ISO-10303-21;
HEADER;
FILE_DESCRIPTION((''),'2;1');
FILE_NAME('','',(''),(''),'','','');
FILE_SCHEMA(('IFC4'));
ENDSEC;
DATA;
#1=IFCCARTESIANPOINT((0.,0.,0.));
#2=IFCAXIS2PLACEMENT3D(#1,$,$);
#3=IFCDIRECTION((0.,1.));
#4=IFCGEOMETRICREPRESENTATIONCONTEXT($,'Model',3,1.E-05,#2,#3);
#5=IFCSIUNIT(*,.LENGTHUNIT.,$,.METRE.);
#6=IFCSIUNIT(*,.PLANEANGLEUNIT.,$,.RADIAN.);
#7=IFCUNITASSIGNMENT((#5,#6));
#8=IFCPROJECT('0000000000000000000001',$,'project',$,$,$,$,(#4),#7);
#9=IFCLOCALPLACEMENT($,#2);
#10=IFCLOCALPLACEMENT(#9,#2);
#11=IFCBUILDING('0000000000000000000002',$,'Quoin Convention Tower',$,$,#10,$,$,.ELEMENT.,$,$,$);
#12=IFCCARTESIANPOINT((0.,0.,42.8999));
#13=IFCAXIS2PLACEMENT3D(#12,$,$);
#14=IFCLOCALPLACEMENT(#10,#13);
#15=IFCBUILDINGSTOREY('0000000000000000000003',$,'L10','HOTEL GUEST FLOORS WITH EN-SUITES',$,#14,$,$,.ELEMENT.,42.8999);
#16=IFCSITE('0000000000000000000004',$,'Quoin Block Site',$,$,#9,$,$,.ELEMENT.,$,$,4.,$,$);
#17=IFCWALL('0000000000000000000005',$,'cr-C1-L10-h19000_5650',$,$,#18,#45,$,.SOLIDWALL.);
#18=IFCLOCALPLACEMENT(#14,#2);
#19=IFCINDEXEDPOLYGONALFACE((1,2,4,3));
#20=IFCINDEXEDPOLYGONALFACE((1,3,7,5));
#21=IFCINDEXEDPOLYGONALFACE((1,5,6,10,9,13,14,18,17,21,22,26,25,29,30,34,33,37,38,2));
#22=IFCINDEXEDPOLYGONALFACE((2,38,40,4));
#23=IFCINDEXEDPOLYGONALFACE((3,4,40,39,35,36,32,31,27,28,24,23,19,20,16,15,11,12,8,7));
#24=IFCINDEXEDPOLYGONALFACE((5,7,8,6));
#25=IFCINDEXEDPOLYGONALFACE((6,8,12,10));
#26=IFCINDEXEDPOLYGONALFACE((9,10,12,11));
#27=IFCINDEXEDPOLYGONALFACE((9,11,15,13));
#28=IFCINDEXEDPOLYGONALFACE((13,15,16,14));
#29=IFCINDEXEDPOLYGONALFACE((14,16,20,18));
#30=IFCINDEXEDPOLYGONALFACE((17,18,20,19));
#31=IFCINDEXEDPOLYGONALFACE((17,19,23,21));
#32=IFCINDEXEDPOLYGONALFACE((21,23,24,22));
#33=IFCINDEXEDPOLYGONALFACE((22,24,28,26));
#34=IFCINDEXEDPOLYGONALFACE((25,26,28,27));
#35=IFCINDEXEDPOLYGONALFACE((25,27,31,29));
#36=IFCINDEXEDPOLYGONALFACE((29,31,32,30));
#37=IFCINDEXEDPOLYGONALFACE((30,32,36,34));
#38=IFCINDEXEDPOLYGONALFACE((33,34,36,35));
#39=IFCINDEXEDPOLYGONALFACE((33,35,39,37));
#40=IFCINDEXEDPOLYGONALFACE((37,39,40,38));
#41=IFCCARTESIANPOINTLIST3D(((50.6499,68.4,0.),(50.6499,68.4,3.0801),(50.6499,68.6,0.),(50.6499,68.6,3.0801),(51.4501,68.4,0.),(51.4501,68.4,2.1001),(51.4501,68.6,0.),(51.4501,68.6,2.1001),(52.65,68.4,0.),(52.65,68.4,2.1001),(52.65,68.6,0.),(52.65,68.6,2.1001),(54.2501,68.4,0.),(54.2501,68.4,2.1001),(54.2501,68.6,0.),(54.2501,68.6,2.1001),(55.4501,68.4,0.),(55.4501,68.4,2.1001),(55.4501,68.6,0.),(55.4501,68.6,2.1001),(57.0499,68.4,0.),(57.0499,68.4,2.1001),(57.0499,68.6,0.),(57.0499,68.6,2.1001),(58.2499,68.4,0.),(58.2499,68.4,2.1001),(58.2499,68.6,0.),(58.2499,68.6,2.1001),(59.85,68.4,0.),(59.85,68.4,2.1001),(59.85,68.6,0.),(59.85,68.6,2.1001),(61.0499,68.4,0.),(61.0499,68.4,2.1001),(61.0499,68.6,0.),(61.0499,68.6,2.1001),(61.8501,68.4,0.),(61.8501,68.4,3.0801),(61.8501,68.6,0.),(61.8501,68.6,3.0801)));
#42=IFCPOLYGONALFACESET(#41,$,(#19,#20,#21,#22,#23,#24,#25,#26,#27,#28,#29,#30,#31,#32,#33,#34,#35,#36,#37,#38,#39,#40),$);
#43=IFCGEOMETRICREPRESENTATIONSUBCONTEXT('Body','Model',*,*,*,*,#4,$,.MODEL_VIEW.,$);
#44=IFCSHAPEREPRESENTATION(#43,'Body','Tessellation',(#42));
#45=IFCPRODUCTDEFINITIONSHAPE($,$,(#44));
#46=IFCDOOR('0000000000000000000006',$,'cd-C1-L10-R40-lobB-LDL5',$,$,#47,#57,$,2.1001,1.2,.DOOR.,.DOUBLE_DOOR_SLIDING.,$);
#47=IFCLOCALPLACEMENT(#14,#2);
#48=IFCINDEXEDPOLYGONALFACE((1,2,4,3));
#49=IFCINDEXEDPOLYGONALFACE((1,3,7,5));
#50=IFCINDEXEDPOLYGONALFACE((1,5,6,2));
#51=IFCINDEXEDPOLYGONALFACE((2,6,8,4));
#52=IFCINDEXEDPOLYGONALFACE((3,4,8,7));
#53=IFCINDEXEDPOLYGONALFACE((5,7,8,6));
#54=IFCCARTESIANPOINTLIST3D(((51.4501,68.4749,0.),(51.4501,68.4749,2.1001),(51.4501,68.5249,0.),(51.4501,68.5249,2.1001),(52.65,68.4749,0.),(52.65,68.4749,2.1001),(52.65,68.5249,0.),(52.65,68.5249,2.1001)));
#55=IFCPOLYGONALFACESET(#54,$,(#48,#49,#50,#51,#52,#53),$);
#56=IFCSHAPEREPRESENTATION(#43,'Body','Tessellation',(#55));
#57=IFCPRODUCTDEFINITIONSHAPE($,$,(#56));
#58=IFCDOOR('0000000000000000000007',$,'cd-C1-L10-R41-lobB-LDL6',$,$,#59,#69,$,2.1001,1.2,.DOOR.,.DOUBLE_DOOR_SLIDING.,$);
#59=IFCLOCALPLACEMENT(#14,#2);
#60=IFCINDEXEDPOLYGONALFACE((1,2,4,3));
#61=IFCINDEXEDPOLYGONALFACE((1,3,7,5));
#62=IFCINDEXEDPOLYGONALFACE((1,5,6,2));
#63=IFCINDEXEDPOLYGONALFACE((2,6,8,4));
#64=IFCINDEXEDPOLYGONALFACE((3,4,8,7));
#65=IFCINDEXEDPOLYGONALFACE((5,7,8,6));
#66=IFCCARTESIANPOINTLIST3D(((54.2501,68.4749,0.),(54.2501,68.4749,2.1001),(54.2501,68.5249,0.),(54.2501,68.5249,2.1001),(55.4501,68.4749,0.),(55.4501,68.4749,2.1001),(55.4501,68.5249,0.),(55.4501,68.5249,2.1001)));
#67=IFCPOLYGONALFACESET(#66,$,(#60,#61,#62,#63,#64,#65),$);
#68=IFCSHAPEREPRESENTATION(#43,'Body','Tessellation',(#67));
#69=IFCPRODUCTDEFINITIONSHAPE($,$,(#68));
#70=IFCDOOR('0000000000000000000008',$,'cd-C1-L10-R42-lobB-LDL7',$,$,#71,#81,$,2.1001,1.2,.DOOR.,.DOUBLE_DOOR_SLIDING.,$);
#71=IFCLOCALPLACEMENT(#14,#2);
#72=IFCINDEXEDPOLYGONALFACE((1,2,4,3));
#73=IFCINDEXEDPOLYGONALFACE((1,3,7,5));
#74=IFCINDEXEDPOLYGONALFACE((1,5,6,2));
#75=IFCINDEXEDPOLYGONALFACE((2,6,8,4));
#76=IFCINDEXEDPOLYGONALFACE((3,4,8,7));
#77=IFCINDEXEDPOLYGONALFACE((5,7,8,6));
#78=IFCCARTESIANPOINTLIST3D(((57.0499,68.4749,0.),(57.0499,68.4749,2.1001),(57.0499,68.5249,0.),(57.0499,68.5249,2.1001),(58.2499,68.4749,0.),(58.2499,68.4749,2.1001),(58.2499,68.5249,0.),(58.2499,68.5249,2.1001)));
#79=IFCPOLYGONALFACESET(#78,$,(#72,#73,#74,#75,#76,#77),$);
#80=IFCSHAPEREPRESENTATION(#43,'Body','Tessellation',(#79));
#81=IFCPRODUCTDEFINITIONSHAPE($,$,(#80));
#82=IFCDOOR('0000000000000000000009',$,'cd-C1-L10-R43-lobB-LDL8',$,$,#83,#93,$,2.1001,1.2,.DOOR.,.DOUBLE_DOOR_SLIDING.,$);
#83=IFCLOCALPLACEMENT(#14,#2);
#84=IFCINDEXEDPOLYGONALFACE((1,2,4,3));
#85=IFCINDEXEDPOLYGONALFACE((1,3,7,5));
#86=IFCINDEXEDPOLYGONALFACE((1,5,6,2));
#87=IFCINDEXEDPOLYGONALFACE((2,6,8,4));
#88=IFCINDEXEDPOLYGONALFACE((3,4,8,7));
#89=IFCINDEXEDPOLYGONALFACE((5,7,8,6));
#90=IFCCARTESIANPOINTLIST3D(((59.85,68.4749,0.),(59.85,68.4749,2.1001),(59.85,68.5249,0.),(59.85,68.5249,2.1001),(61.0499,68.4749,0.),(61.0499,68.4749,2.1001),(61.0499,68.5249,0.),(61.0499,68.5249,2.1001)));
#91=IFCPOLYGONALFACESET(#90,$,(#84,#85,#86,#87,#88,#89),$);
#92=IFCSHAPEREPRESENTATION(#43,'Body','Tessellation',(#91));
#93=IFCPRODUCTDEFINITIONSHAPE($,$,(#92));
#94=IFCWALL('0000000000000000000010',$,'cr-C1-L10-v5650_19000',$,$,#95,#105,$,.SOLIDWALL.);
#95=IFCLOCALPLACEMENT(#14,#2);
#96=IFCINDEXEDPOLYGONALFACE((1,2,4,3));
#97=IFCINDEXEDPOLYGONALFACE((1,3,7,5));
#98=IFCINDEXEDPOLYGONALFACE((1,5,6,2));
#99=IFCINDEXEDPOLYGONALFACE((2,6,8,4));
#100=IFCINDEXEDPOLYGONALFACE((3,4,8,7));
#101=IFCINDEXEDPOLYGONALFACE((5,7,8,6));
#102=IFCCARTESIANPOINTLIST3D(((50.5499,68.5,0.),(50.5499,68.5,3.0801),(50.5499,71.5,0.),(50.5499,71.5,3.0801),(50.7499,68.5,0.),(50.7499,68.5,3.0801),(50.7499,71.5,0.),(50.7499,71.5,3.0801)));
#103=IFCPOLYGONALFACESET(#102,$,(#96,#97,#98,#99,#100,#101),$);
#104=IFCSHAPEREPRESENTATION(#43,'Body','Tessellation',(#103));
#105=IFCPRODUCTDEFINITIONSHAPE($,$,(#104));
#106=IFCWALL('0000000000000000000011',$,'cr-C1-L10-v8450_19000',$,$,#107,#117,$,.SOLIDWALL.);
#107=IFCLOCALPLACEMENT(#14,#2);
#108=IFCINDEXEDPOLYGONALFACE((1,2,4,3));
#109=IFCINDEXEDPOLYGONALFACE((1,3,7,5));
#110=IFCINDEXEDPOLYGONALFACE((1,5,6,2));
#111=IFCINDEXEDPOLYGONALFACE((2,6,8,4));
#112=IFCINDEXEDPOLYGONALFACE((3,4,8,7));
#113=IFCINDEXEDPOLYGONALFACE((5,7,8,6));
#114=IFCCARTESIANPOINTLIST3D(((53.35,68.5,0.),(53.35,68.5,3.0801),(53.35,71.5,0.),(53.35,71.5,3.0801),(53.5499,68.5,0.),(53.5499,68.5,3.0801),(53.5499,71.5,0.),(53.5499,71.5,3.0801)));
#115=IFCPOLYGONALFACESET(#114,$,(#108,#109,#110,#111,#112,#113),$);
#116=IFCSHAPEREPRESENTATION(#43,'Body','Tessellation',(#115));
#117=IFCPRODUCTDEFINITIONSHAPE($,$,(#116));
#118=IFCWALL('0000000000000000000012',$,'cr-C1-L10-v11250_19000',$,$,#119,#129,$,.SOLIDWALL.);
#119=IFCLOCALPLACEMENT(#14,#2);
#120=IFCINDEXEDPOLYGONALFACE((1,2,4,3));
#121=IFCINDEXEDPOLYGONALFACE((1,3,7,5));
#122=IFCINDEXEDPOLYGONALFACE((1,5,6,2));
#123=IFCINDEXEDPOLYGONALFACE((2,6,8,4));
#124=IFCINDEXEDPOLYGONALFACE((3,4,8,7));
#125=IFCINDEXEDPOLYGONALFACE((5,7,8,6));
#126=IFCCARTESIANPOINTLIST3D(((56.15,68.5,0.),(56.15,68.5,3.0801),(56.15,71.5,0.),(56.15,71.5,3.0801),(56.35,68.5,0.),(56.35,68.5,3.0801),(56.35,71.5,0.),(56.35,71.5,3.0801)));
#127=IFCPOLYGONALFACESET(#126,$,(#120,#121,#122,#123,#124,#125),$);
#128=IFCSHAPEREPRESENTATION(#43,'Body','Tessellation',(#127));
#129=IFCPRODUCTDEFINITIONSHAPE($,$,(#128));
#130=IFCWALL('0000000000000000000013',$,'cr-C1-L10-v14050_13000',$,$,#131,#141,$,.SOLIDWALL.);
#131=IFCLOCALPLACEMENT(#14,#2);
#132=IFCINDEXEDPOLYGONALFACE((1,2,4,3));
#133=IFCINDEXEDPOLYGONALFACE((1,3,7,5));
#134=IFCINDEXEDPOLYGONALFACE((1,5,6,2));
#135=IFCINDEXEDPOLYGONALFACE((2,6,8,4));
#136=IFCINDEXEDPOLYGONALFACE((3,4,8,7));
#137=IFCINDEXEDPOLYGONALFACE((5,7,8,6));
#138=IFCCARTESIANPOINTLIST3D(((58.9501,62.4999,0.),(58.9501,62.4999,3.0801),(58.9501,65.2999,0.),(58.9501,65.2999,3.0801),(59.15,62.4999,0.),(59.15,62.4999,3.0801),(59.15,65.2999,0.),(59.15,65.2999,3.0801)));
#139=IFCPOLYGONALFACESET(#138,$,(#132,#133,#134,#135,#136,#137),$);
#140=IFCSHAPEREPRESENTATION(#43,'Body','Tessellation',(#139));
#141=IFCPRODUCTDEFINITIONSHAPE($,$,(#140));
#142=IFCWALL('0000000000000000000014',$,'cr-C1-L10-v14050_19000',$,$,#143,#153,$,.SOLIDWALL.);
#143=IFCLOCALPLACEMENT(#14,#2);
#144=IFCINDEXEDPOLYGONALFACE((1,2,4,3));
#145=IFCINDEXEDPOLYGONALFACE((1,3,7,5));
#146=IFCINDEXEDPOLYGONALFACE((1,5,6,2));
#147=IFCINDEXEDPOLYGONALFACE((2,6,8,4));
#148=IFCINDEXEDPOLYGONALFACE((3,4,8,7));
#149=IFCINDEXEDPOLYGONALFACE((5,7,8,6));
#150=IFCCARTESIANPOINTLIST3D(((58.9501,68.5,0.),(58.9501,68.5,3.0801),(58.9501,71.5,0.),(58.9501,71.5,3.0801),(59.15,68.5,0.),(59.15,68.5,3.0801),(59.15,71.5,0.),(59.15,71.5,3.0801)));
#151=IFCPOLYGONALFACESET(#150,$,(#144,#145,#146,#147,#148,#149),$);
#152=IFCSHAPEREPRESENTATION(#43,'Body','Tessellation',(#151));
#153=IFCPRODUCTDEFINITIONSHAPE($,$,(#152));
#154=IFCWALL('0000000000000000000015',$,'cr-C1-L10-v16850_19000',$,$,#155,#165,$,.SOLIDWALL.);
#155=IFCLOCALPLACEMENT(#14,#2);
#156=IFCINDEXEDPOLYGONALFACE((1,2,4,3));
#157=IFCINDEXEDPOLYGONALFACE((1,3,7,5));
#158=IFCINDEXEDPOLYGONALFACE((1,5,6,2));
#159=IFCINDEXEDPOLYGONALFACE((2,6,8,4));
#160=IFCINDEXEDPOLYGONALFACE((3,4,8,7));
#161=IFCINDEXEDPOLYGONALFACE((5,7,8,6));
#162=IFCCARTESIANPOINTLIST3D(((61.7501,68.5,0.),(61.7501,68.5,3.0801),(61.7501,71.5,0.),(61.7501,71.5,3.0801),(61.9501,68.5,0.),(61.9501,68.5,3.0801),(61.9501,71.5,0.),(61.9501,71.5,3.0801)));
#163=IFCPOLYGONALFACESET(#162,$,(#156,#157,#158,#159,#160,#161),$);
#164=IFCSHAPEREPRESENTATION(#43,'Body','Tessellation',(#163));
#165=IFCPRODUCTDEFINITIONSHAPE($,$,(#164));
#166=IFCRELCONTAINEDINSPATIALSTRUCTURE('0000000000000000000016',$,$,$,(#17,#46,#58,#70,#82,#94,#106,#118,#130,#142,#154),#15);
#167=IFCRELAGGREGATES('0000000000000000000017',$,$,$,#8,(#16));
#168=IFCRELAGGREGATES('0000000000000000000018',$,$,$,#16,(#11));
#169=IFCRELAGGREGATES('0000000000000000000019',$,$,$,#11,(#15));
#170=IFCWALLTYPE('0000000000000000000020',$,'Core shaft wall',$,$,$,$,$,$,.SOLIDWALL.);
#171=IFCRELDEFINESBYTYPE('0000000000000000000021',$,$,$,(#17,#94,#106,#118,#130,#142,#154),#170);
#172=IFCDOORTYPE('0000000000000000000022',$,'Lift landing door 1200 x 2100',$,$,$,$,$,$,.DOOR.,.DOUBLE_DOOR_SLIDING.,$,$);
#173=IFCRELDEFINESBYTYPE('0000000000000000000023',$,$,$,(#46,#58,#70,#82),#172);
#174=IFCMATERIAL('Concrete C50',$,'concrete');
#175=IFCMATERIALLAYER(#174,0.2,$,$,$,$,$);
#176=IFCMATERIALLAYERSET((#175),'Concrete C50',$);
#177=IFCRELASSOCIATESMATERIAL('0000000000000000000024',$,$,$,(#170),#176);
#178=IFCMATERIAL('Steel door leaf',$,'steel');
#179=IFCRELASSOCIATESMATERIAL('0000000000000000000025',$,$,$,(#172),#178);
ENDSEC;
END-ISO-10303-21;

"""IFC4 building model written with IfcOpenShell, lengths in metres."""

from ifc_helpers import new_model, si_unit, direction, frame, frame_2d, origin, place, context, subcontext, project, spatial, rectangle, extrude, material, layer, layer_set, type_object, element, fill, save


model = new_model("IFC4")

# Units and contexts
model_context = context("Model", 3, precision=1e-05, world=origin(), true_north=direction((0.0, 1.0)))
body_context = subcontext(model_context, "Body", "Model", "MODEL_VIEW")
ifc_project = project(units=[si_unit("LENGTHUNIT", "METRE"), si_unit("PLANEANGLEUNIT", "RADIAN")], contexts=[model_context])

# Site, building, storey
site_placement = place(None, origin())
site = spatial("IfcSite", under=ifc_project, at=site_placement, Name="Quoin Block Site", CompositionType="ELEMENT", RefElevation=4.0)
building_placement = place(site_placement, origin())
building = spatial("IfcBuilding", under=site, at=building_placement, Name="Quoin Convention Tower", CompositionType="ELEMENT")
storey_placement = place(building_placement, frame((0.0, 0.0, 42.8999)))
storey = spatial("IfcBuildingStorey", under=building, at=storey_placement, Name="L10", Description="HOTEL GUEST FLOORS WITH EN-SUITES", CompositionType="ELEMENT", Elevation=42.8999)

# Shared definitions
ifc_material_1 = material(Name="Steel door leaf", Category="steel")

# Shared definitions
ifc_material_2 = material(Name="Concrete C50", Category="concrete")
ifc_layer_1 = layer(ifc_material_2, 0.2)
ifc_layer_set_1 = layer_set([ifc_layer_1], Name="Concrete C50")
wall_type_1 = type_object("IfcWallType", Name="Core shaft wall", PredefinedType="SOLIDWALL", material=ifc_layer_set_1)

# Wall, openings, doors
wall_1_placement = place(storey_placement, frame((50.6499, 68.5, 0.0), z_axis=(0.0, 0.0, 1.0), x_axis=(1.0, 0.0, 0.0)))
wall_1 = element("IfcWall", 1, at=wall_1_placement, inside=storey, type_object=wall_type_1, Name="cr-C1-L10-h19000_5650", PredefinedType="SOLIDWALL", context=body_context, shape_type="SweptSolid", body=[
    extrude(rectangle(XDim=11.2002, YDim=0.2, at=frame_2d((5.6001, 0.0))), origin(), (0.0, 0.0, 1.0), 3.0801),
])
opening_1_placement = place(wall_1_placement, frame((0.8, 0.0, 0.0)))
opening_1 = element("IfcOpeningElement", 2, at=opening_1_placement, cuts=wall_1, PredefinedType="OPENING", context=body_context, shape_type="SweptSolid", body=[
    extrude(rectangle(XDim=1.2, YDim=2.1001, at=frame_2d((0.6001, 1.05))), frame((0.0, 0.1099, 0.0), z_axis=(0.0, -1.0, 0.0), x_axis=(1.0, 0.0, 0.0)), (0.0, 0.0, 1.0), 0.22),
])
opening_2_placement = place(wall_1_placement, frame((3.6001, 0.0, 0.0)))
opening_2 = element("IfcOpeningElement", 3, at=opening_2_placement, cuts=wall_1, PredefinedType="OPENING", context=body_context, shape_type="SweptSolid", body=[
    extrude(rectangle(XDim=1.2, YDim=2.1001, at=frame_2d((0.6001, 1.05))), frame((0.0, 0.1099, 0.0), z_axis=(0.0, -1.0, 0.0), x_axis=(1.0, 0.0, 0.0)), (0.0, 0.0, 1.0), 0.22),
])
opening_3_placement = place(wall_1_placement, frame((6.3999, 0.0, 0.0)))
opening_3 = element("IfcOpeningElement", 4, at=opening_3_placement, cuts=wall_1, PredefinedType="OPENING", context=body_context, shape_type="SweptSolid", body=[
    extrude(rectangle(XDim=1.2, YDim=2.1001, at=frame_2d((0.6001, 1.05))), frame((0.0, 0.1099, 0.0), z_axis=(0.0, -1.0, 0.0), x_axis=(1.0, 0.0, 0.0)), (0.0, 0.0, 1.0), 0.22),
])
opening_4_placement = place(wall_1_placement, frame((9.2, 0.0, 0.0)))
opening_4 = element("IfcOpeningElement", 5, at=opening_4_placement, cuts=wall_1, PredefinedType="OPENING", context=body_context, shape_type="SweptSolid", body=[
    extrude(rectangle(XDim=1.2, YDim=2.1001, at=frame_2d((0.6001, 1.05))), frame((0.0, 0.1099, 0.0), z_axis=(0.0, -1.0, 0.0), x_axis=(1.0, 0.0, 0.0)), (0.0, 0.0, 1.0), 0.22),
])
door_type_1 = type_object("IfcDoorType", Name="Lift landing door 1200 x 2100", OperationType="DOUBLE_DOOR_SLIDING", PredefinedType="DOOR", material=ifc_material_1)
door_1_placement = place(opening_1_placement, origin())
door_1 = element("IfcDoor", 6, at=door_1_placement, inside=storey, type_object=door_type_1, Name="cd-C1-L10-R40-lobB-LDL5", OperationType="DOUBLE_DOOR_SLIDING", OverallHeight=2.1001, OverallWidth=1.2, PredefinedType="DOOR", context=body_context, shape_type="SweptSolid", body=[
    extrude(rectangle(XDim=1.2, YDim=2.1001, at=frame_2d((0.6001, 1.05))), frame((0.0, 0.0249, 0.0), z_axis=(0.0, -1.0, 0.0), x_axis=(1.0, 0.0, 0.0)), (0.0, 0.0, 1.0), 0.05),
])
fill(opening_1, door_1)
door_2_placement = place(opening_2_placement, origin())
door_2 = element("IfcDoor", 7, at=door_2_placement, inside=storey, type_object=door_type_1, Name="cd-C1-L10-R41-lobB-LDL6", OperationType="DOUBLE_DOOR_SLIDING", OverallHeight=2.1001, OverallWidth=1.2, PredefinedType="DOOR", context=body_context, shape_type="SweptSolid", body=[
    extrude(rectangle(XDim=1.2, YDim=2.1001, at=frame_2d((0.6001, 1.05))), frame((0.0, 0.0249, 0.0), z_axis=(0.0, -1.0, 0.0), x_axis=(1.0, 0.0, 0.0)), (0.0, 0.0, 1.0), 0.05),
])
fill(opening_2, door_2)
door_3_placement = place(opening_3_placement, origin())
door_3 = element("IfcDoor", 8, at=door_3_placement, inside=storey, type_object=door_type_1, Name="cd-C1-L10-R42-lobB-LDL7", OperationType="DOUBLE_DOOR_SLIDING", OverallHeight=2.1001, OverallWidth=1.2, PredefinedType="DOOR", context=body_context, shape_type="SweptSolid", body=[
    extrude(rectangle(XDim=1.2, YDim=2.1001, at=frame_2d((0.6001, 1.05))), frame((0.0, 0.0249, 0.0), z_axis=(0.0, -1.0, 0.0), x_axis=(1.0, 0.0, 0.0)), (0.0, 0.0, 1.0), 0.05),
])
fill(opening_3, door_3)
door_4_placement = place(opening_4_placement, origin())
door_4 = element("IfcDoor", 9, at=door_4_placement, inside=storey, type_object=door_type_1, Name="cd-C1-L10-R43-lobB-LDL8", OperationType="DOUBLE_DOOR_SLIDING", OverallHeight=2.1001, OverallWidth=1.2, PredefinedType="DOOR", context=body_context, shape_type="SweptSolid", body=[
    extrude(rectangle(XDim=1.2, YDim=2.1001, at=frame_2d((0.6001, 1.05))), frame((0.0, 0.0249, 0.0), z_axis=(0.0, -1.0, 0.0), x_axis=(1.0, 0.0, 0.0)), (0.0, 0.0, 1.0), 0.05),
])
fill(opening_4, door_4)

# Walls
for number, where, z_axis, x_axis, name in (
    (10, (50.6499, 68.5, 0.0), (0.0, 0.0, 1.0), (0.0, 1.0, 0.0), "cr-C1-L10-v5650_19000"),
    (11, (53.45, 68.5, 0.0), (0.0, 0.0, 1.0), (0.0, 1.0, 0.0), "cr-C1-L10-v8450_19000"),
    (12, (56.25, 68.5, 0.0), (0.0, 0.0, 1.0), (0.0, 1.0, 0.0), "cr-C1-L10-v11250_19000"),
):
    element("IfcWall", number, at=place(storey_placement, frame(where, z_axis=z_axis, x_axis=x_axis)), inside=storey, type_object=wall_type_1, Name=name, PredefinedType="SOLIDWALL", context=body_context, shape_type="SweptSolid", body=[
        extrude(rectangle(XDim=3.0, YDim=0.2, at=frame_2d((1.5, 0.0))), origin(), (0.0, 0.0, 1.0), 3.0801),
    ])
wall_2_placement = place(storey_placement, frame((59.05, 62.5, 0.0), z_axis=(0.0, 0.0, 1.0), x_axis=(0.0, 1.0, 0.0)))
element("IfcWall", 13, at=wall_2_placement, inside=storey, type_object=wall_type_1, Name="cr-C1-L10-v14050_13000", PredefinedType="SOLIDWALL", context=body_context, shape_type="SweptSolid", body=[
    extrude(rectangle(XDim=2.8, YDim=0.2, at=frame_2d((1.3999, 0.0))), origin(), (0.0, 0.0, 1.0), 3.0801),
])
for number, where, z_axis, x_axis, name in (
    (14, (59.05, 68.5, 0.0), (0.0, 0.0, 1.0), (0.0, 1.0, 0.0), "cr-C1-L10-v14050_19000"),
    (15, (61.8501, 68.5, 0.0), (0.0, 0.0, 1.0), (0.0, 1.0, 0.0), "cr-C1-L10-v16850_19000"),
):
    element("IfcWall", number, at=place(storey_placement, frame(where, z_axis=z_axis, x_axis=x_axis)), inside=storey, type_object=wall_type_1, Name=name, PredefinedType="SOLIDWALL", context=body_context, shape_type="SweptSolid", body=[
        extrude(rectangle(XDim=3.0, YDim=0.2, at=frame_2d((1.5, 0.0))), origin(), (0.0, 0.0, 1.0), 3.0801),
    ])

save(model, "model.ifc")
